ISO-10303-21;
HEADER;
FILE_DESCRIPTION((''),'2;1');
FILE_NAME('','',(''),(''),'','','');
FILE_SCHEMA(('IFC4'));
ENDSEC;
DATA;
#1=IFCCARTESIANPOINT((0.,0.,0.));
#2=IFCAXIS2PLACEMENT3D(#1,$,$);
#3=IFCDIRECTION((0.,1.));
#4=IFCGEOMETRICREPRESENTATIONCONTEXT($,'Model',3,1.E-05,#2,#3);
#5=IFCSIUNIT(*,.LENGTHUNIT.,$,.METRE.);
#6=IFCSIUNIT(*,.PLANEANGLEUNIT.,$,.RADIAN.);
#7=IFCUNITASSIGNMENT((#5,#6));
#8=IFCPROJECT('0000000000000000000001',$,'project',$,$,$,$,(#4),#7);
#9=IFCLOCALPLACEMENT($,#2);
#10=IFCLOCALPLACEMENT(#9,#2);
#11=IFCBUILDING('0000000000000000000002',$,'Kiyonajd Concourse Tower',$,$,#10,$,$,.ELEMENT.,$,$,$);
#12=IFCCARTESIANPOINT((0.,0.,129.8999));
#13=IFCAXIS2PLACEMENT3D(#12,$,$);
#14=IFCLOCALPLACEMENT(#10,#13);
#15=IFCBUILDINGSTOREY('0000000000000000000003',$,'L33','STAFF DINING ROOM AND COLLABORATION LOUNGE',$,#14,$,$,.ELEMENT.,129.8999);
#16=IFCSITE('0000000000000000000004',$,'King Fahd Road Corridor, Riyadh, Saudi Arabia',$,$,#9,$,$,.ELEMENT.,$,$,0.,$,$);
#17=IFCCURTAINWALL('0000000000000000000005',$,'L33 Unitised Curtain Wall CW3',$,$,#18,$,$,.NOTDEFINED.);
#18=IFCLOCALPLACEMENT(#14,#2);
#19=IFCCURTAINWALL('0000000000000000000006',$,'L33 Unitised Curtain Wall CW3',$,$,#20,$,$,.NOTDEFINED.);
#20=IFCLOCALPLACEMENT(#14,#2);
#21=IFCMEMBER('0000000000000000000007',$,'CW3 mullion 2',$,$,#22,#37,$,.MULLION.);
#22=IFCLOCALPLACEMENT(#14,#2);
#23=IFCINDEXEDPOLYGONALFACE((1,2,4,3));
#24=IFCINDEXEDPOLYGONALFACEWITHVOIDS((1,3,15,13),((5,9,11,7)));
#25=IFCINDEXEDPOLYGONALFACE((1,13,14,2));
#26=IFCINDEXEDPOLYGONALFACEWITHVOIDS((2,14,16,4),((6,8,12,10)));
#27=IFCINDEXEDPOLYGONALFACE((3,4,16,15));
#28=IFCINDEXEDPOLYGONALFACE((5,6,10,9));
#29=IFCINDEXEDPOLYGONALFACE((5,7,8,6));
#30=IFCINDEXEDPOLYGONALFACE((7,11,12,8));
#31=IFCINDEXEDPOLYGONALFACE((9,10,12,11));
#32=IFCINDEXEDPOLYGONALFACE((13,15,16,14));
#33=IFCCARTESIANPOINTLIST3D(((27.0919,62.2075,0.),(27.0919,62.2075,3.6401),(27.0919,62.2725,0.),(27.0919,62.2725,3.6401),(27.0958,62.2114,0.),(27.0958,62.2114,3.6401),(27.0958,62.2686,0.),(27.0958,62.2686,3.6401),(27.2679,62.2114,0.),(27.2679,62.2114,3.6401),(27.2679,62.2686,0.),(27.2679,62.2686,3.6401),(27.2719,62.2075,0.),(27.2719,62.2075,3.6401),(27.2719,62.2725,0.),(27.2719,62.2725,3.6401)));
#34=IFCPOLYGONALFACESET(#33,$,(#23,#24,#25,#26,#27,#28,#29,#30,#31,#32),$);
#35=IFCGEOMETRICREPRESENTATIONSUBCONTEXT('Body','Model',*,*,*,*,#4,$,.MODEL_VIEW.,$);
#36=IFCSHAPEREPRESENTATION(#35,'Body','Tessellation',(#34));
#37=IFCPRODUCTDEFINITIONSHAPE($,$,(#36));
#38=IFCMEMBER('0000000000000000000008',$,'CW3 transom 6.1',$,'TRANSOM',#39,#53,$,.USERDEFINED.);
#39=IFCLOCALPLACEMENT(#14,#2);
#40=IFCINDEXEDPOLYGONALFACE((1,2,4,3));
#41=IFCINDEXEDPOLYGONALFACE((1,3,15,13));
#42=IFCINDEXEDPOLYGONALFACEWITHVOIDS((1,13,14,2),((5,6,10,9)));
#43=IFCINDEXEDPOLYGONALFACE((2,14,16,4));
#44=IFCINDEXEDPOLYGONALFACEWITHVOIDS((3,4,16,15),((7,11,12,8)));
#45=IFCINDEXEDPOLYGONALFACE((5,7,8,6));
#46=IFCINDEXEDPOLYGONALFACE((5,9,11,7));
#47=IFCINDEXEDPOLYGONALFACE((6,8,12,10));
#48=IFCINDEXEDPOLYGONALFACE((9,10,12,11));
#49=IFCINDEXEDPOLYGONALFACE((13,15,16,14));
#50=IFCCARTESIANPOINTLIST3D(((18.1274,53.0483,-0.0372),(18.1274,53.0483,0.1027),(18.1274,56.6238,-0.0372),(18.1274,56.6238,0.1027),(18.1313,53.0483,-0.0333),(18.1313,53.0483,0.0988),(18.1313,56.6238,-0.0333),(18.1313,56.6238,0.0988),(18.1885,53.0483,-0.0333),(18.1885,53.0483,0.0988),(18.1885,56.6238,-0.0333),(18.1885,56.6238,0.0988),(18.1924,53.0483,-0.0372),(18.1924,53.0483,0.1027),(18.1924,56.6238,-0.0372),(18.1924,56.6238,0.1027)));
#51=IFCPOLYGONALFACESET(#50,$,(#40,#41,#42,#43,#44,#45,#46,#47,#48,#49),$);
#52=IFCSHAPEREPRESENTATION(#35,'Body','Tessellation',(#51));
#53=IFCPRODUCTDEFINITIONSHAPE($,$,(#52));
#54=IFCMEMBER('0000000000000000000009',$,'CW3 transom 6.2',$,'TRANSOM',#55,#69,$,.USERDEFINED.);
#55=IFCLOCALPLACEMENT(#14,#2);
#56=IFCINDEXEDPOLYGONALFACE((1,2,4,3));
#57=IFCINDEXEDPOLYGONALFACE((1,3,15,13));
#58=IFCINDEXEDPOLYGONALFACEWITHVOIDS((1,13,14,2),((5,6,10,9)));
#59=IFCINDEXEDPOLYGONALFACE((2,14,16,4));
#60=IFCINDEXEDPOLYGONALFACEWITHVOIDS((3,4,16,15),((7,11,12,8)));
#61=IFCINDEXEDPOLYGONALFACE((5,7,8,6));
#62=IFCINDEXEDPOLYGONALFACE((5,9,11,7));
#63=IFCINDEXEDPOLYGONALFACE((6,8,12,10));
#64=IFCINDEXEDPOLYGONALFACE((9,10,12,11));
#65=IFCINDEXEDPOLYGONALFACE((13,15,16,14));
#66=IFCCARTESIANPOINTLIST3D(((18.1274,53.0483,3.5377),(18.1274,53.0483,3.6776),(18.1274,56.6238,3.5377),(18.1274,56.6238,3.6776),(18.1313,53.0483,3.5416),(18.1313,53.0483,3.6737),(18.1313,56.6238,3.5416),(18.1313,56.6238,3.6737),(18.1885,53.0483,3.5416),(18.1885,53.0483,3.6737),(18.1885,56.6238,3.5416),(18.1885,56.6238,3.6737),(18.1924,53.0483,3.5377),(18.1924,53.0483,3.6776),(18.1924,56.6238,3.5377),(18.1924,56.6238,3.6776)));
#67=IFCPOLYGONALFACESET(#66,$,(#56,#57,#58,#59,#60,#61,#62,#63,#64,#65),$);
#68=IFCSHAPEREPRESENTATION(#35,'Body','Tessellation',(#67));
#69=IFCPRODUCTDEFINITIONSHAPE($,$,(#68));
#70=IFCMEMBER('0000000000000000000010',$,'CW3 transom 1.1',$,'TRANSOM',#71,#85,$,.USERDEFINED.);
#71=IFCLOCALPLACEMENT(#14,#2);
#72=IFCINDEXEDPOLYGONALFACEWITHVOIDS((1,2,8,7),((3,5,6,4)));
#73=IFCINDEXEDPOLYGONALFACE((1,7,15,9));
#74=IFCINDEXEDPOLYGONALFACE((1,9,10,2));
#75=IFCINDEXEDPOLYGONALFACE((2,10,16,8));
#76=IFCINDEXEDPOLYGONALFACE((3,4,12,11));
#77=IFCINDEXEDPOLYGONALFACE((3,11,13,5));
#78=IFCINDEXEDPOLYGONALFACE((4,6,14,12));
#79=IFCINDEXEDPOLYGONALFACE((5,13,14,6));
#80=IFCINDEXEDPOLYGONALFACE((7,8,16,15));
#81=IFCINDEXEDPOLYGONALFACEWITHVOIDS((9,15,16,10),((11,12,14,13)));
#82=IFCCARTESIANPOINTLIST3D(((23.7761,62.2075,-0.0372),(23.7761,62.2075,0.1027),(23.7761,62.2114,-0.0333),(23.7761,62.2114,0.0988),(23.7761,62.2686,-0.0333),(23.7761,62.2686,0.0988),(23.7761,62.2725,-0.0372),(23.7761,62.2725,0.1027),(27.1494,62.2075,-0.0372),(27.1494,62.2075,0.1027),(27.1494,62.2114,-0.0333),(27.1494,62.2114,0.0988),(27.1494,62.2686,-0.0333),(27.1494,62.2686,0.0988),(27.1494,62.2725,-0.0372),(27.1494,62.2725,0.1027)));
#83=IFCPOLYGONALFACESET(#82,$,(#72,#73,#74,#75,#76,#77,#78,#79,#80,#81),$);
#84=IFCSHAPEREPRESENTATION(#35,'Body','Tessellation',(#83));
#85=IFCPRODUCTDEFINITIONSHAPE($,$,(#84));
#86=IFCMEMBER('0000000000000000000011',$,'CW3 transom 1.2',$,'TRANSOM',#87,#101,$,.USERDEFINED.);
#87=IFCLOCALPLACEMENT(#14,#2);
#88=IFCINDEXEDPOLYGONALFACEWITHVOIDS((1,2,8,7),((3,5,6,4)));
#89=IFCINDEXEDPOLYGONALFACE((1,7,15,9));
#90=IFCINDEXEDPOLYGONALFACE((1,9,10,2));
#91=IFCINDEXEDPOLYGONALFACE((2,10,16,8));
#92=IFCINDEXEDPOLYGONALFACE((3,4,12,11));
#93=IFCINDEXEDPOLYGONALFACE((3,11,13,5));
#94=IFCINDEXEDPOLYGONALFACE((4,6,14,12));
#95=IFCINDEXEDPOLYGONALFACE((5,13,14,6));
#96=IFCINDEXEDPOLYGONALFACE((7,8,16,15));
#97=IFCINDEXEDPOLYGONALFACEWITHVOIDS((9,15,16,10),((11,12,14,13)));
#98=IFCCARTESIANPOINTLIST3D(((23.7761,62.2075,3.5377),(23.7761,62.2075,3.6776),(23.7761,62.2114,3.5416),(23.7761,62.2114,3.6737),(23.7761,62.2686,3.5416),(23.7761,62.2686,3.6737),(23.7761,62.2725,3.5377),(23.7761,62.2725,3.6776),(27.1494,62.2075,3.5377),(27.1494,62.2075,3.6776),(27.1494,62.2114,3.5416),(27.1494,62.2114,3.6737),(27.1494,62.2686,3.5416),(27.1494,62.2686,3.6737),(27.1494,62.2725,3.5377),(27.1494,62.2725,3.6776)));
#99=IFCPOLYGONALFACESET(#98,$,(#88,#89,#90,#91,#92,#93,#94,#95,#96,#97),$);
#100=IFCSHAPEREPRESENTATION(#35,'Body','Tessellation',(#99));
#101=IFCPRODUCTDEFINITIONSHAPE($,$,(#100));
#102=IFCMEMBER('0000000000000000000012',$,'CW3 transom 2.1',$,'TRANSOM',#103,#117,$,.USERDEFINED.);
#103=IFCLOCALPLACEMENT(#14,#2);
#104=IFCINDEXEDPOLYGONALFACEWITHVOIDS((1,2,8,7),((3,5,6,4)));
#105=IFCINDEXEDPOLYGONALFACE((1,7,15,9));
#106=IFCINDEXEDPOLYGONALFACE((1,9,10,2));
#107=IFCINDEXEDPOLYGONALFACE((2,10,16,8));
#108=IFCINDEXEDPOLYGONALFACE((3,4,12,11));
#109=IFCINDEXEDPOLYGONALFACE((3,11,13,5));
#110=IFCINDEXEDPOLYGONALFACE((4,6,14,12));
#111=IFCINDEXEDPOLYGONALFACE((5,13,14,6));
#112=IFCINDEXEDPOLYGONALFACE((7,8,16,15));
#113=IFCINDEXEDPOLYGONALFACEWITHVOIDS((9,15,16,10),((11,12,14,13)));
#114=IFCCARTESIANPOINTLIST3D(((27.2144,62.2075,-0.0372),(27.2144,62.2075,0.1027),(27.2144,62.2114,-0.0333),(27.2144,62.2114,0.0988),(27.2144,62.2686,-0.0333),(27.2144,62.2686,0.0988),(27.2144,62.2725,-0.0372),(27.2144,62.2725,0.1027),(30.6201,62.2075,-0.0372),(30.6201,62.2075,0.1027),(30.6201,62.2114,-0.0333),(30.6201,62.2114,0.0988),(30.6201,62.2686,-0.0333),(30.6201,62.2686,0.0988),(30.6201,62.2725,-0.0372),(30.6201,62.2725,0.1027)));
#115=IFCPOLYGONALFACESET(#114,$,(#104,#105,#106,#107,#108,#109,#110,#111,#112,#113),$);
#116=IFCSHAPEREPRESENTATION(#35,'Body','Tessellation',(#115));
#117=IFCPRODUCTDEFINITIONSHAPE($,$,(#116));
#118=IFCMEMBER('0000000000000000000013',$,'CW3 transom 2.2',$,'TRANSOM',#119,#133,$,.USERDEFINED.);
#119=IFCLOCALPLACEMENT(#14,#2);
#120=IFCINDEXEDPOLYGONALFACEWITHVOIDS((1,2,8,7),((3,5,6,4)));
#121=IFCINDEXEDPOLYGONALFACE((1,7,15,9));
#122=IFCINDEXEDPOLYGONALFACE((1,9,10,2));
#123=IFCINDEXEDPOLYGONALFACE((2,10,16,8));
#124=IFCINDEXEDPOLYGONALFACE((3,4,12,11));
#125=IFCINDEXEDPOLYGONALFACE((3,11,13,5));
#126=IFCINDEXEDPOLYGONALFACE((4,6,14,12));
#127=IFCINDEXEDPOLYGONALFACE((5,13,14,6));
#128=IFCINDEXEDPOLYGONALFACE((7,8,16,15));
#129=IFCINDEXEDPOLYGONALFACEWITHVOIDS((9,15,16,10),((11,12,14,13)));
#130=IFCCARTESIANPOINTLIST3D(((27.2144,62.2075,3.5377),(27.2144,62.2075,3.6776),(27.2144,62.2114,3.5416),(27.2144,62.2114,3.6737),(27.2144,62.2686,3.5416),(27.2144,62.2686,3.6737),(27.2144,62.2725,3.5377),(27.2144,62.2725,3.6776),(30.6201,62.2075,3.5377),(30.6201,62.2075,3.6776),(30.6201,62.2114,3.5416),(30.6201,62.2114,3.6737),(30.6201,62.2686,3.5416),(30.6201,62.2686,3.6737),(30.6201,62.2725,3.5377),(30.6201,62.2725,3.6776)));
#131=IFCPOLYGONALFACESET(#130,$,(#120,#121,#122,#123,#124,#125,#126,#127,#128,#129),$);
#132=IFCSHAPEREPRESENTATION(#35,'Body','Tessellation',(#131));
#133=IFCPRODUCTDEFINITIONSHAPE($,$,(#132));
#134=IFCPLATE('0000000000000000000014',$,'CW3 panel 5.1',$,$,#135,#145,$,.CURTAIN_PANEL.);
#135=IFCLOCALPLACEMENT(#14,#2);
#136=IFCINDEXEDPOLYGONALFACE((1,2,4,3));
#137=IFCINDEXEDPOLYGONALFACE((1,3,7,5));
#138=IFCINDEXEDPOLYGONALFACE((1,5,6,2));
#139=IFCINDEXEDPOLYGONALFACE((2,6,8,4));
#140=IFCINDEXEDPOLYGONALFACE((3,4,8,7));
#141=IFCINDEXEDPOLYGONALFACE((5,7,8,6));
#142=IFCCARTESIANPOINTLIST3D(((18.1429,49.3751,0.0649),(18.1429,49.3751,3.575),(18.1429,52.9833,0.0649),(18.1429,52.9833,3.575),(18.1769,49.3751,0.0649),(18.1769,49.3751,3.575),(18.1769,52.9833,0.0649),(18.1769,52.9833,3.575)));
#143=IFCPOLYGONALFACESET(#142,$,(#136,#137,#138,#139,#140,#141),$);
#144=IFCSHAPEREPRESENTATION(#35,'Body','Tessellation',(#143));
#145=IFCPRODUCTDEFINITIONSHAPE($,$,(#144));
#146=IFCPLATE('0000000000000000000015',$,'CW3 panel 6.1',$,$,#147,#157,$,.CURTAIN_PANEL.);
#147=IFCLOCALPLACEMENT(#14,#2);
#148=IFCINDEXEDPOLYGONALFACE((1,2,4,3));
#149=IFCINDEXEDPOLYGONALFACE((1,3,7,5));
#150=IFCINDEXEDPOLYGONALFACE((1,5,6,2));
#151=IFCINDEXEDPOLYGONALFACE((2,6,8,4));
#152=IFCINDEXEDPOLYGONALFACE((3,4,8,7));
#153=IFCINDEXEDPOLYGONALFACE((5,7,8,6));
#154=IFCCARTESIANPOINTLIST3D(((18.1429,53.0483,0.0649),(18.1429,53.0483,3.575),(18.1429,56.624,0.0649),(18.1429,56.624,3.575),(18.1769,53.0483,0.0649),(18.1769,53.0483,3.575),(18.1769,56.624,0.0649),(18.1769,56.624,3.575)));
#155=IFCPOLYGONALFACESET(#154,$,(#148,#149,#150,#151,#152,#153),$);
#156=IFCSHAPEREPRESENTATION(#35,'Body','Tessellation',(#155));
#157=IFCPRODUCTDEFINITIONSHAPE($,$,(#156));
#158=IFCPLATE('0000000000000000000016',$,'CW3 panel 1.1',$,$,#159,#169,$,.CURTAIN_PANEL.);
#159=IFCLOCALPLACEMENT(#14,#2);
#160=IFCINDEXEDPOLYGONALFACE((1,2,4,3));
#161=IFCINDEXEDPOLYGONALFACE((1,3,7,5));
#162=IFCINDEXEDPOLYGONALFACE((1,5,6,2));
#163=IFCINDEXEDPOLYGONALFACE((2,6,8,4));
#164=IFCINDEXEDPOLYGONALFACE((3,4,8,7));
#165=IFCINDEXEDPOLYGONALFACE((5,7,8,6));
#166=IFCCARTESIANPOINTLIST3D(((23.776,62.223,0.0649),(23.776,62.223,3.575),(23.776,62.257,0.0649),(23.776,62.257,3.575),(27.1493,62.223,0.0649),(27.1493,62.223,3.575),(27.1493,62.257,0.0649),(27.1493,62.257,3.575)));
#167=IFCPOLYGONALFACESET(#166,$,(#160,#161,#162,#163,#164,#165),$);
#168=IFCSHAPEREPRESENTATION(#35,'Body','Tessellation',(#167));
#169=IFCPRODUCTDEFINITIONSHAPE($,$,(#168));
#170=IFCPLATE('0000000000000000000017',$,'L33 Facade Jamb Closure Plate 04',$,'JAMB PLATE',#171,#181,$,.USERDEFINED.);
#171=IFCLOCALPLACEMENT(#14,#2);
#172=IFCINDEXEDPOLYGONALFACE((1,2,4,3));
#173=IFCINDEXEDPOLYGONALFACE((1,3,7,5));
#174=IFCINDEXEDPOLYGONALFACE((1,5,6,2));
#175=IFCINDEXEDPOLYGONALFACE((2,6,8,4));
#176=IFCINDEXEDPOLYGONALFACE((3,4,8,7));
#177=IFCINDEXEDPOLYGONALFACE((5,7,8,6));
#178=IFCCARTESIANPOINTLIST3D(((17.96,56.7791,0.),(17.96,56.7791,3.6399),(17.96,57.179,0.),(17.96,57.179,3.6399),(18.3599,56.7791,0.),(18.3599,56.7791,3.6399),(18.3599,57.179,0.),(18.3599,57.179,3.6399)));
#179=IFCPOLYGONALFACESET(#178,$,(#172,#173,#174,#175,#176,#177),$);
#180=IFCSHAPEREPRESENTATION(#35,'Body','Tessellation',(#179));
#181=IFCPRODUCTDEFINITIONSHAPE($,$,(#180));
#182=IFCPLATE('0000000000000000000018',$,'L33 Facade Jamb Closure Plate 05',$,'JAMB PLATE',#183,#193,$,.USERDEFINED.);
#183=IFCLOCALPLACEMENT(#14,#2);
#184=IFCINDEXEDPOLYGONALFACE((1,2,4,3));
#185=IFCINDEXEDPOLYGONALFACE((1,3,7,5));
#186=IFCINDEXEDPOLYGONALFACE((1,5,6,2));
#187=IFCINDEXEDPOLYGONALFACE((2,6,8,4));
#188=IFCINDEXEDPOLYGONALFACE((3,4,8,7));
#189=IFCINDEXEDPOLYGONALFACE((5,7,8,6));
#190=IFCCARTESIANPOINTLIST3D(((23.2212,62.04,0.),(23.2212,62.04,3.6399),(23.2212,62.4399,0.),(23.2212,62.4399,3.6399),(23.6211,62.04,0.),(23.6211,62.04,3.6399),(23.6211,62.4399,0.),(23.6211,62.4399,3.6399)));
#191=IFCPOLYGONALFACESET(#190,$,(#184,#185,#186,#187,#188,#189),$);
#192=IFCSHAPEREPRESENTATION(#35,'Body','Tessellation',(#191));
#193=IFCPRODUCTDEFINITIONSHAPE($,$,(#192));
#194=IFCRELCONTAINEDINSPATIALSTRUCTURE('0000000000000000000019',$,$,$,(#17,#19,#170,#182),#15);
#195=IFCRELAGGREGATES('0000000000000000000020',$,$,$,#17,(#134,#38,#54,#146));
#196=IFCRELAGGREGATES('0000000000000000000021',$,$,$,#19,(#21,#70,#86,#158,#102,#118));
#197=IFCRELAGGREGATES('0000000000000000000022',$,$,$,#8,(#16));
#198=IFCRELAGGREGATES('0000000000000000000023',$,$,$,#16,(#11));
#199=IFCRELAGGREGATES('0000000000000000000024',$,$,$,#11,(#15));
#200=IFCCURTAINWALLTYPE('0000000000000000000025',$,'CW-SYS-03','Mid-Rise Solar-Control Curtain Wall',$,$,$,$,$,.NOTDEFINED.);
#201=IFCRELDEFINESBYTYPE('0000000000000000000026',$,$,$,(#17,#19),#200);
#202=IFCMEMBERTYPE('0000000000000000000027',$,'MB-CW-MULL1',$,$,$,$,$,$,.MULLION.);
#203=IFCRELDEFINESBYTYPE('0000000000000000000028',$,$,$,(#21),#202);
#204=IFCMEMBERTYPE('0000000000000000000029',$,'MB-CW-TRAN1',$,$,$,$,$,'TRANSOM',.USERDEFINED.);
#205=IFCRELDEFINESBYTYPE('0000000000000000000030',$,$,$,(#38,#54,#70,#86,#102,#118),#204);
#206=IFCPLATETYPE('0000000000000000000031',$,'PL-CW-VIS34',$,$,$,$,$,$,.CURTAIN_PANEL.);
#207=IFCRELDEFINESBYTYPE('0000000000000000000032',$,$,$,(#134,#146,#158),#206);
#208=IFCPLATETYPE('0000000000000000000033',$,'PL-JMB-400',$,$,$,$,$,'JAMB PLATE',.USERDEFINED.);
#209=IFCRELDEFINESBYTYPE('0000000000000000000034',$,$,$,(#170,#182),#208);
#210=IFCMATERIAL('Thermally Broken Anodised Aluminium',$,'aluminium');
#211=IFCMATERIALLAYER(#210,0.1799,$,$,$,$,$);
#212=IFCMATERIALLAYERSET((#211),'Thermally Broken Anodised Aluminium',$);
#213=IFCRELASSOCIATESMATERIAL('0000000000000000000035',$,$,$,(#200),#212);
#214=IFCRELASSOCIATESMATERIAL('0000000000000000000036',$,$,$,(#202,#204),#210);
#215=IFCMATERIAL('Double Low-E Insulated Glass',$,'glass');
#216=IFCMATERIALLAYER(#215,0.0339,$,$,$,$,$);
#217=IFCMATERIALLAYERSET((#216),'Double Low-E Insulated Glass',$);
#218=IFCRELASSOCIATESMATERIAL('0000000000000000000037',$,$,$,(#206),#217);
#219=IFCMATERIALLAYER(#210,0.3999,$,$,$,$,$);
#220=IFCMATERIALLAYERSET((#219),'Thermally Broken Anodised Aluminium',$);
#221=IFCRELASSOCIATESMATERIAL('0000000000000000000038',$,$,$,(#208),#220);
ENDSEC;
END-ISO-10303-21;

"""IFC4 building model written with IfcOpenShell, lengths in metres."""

from ifc_helpers import new_model, si_unit, direction, frame, origin, origin_2d, place, context, subcontext, project, spatial, rectangle, hollow_rectangle, extrude, material, layer, layer_set, material_profile, profile_set, type_object, element, aggregate, save


model = new_model("IFC4")

# Units and contexts
model_context = context("Model", 3, precision=1e-05, world=origin(), true_north=direction((0.0, 1.0)))
body_context = subcontext(model_context, "Body", "Model", "MODEL_VIEW")
ifc_project = project(units=[si_unit("LENGTHUNIT", "METRE"), si_unit("PLANEANGLEUNIT", "RADIAN")], contexts=[model_context])

# Site, building, storey
site_placement = place(None, origin())
site = spatial("IfcSite", under=ifc_project, at=site_placement, Name="King Fahd Road Corridor, Riyadh, Saudi Arabia", CompositionType="ELEMENT", RefElevation=0.0)
building_placement = place(site_placement, origin())
building = spatial("IfcBuilding", under=site, at=building_placement, Name="Kiyonajd Concourse Tower", CompositionType="ELEMENT")
storey_placement = place(building_placement, frame((0.0, 0.0, 129.8999)))
storey = spatial("IfcBuildingStorey", under=building, at=storey_placement, Name="L33", Description="STAFF DINING ROOM AND COLLABORATION LOUNGE", CompositionType="ELEMENT", Elevation=129.8999)

# Curtain walls, member
ifc_material_1 = material(Name="Thermally Broken Anodised Aluminium", Category="aluminium")
ifc_layer_1 = layer(ifc_material_1, 0.1799)
ifc_layer_set_1 = layer_set([ifc_layer_1], Name="Thermally Broken Anodised Aluminium")
curtain_wall_type = type_object("IfcCurtainWallType", Name="CW-SYS-03", Description="Mid-Rise Solar-Control Curtain Wall", PredefinedType="NOTDEFINED", material=ifc_layer_set_1)
curtain_wall_1_placement = place(storey_placement, origin())
curtain_wall_1 = element("IfcCurtainWall", 1, at=curtain_wall_1_placement, inside=storey, type_object=curtain_wall_type, Name="L33 Unitised Curtain Wall CW3", PredefinedType="NOTDEFINED")
ifc_material_profile_1 = material_profile(ifc_material_1, hollow_rectangle(XDim=0.0649, YDim=0.1799, WallThickness=0.0039, at=origin_2d()), Name="MULL-65x180")
ifc_profile_set_1 = profile_set([ifc_material_profile_1], Name="Thermally Broken Anodised Aluminium")
member_type_1 = type_object("IfcMemberType", Name="MB-CW-MULL1", PredefinedType="MULLION", material=ifc_profile_set_1)
curtain_wall_2_placement = place(storey_placement, origin())
curtain_wall_2 = element("IfcCurtainWall", 2, at=curtain_wall_2_placement, inside=storey, type_object=curtain_wall_type, Name="L33 Unitised Curtain Wall CW3", PredefinedType="NOTDEFINED")
member_1_placement = place(storey_placement, frame((27.1819, 62.24, 0.0), z_axis=(0.0, 0.0, 1.0), x_axis=(0.0, 1.0, 0.0)))
member_1 = element("IfcMember", 3, at=member_1_placement, type_object=member_type_1, Name="CW3 mullion 2", PredefinedType="MULLION", context=body_context, shape_type="SweptSolid", body=[
    extrude(hollow_rectangle(XDim=0.0649, YDim=0.1799, WallThickness=0.0039, at=origin_2d()), origin(), (0.0, 0.0, 1.0), 3.6401),
])

# Members
ifc_material_profile_2 = material_profile(ifc_material_1, hollow_rectangle(XDim=0.0649, YDim=0.1399, WallThickness=0.0039, at=origin_2d()), Name="TRAN-65x140")
ifc_profile_set_2 = profile_set([ifc_material_profile_2], Name="Thermally Broken Anodised Aluminium")
member_type_2 = type_object("IfcMemberType", Name="MB-CW-TRAN1", ElementType="TRANSOM", PredefinedType="USERDEFINED", material=ifc_profile_set_2)
member_2_placement = place(storey_placement, frame((18.1599, 53.0483, 0.0327), z_axis=(0.0, 1.0, 0.0), x_axis=(-1.0, 0.0, 0.0)))
member_2 = element("IfcMember", 4, at=member_2_placement, type_object=member_type_2, Name="CW3 transom 6.1", ObjectType="TRANSOM", PredefinedType="USERDEFINED", context=body_context, shape_type="SweptSolid", body=[
    extrude(hollow_rectangle(XDim=0.0649, YDim=0.1399, WallThickness=0.0039, at=origin_2d()), origin(), (0.0, 0.0, 1.0), 3.5754),
])
member_3_placement = place(storey_placement, frame((18.1599, 53.0483, 3.6077), z_axis=(0.0, 1.0, 0.0), x_axis=(-1.0, 0.0, 0.0)))
member_3 = element("IfcMember", 5, at=member_3_placement, type_object=member_type_2, Name="CW3 transom 6.2", ObjectType="TRANSOM", PredefinedType="USERDEFINED", context=body_context, shape_type="SweptSolid", body=[
    extrude(hollow_rectangle(XDim=0.0649, YDim=0.1399, WallThickness=0.0039, at=origin_2d()), origin(), (0.0, 0.0, 1.0), 3.5754),
])
member_4_placement = place(storey_placement, frame((23.7761, 62.24, 0.0327), z_axis=(1.0, 0.0, 0.0), x_axis=(0.0, 1.0, 0.0)))
member_4 = element("IfcMember", 6, at=member_4_placement, type_object=member_type_2, Name="CW3 transom 1.1", ObjectType="TRANSOM", PredefinedType="USERDEFINED", context=body_context, shape_type="SweptSolid", body=[
    extrude(hollow_rectangle(XDim=0.0649, YDim=0.1399, WallThickness=0.0039, at=origin_2d()), origin(), (0.0, 0.0, 1.0), 3.3733),
])
member_5_placement = place(storey_placement, frame((23.7761, 62.24, 3.6077), z_axis=(1.0, 0.0, 0.0), x_axis=(0.0, 1.0, 0.0)))
member_5 = element("IfcMember", 7, at=member_5_placement, type_object=member_type_2, Name="CW3 transom 1.2", ObjectType="TRANSOM", PredefinedType="USERDEFINED", context=body_context, shape_type="SweptSolid", body=[
    extrude(hollow_rectangle(XDim=0.0649, YDim=0.1399, WallThickness=0.0039, at=origin_2d()), origin(), (0.0, 0.0, 1.0), 3.3733),
])
member_6_placement = place(storey_placement, frame((27.2144, 62.24, 0.0327), z_axis=(1.0, 0.0, 0.0), x_axis=(0.0, 1.0, 0.0)))
member_6 = element("IfcMember", 8, at=member_6_placement, type_object=member_type_2, Name="CW3 transom 2.1", ObjectType="TRANSOM", PredefinedType="USERDEFINED", context=body_context, shape_type="SweptSolid", body=[
    extrude(hollow_rectangle(XDim=0.0649, YDim=0.1399, WallThickness=0.0039, at=origin_2d()), origin(), (0.0, 0.0, 1.0), 3.4058),
])
member_7_placement = place(storey_placement, frame((27.2144, 62.24, 3.6077), z_axis=(1.0, 0.0, 0.0), x_axis=(0.0, 1.0, 0.0)))
member_7 = element("IfcMember", 9, at=member_7_placement, type_object=member_type_2, Name="CW3 transom 2.2", ObjectType="TRANSOM", PredefinedType="USERDEFINED", context=body_context, shape_type="SweptSolid", body=[
    extrude(hollow_rectangle(XDim=0.0649, YDim=0.1399, WallThickness=0.0039, at=origin_2d()), origin(), (0.0, 0.0, 1.0), 3.4058),
])

# Plates
ifc_material_2 = material(Name="Double Low-E Insulated Glass", Category="glass")
ifc_layer_2 = layer(ifc_material_2, 0.0339)
ifc_layer_set_2 = layer_set([ifc_layer_2], Name="Double Low-E Insulated Glass")
plate_type_1 = type_object("IfcPlateType", Name="PL-CW-VIS34", PredefinedType="CURTAIN_PANEL", material=ifc_layer_set_2)
plate_1_placement = place(storey_placement, frame((18.1599, 51.1792, 0.0649), z_axis=(0.0, 0.0, 1.0), x_axis=(0.0, 1.0, 0.0)))
plate_1 = element("IfcPlate", 10, at=plate_1_placement, type_object=plate_type_1, Name="CW3 panel 5.1", PredefinedType="CURTAIN_PANEL", context=body_context, shape_type="SweptSolid", body=[
    extrude(rectangle(XDim=3.6082, YDim=0.0339, at=origin_2d()), origin(), (0.0, 0.0, 1.0), 3.51),
])
plate_2_placement = place(storey_placement, frame((18.1599, 54.8362, 0.0649), z_axis=(0.0, 0.0, 1.0), x_axis=(0.0, 1.0, 0.0)))
plate_2 = element("IfcPlate", 11, at=plate_2_placement, type_object=plate_type_1, Name="CW3 panel 6.1", PredefinedType="CURTAIN_PANEL", context=body_context, shape_type="SweptSolid", body=[
    extrude(rectangle(XDim=3.5757, YDim=0.0339, at=origin_2d()), origin(), (0.0, 0.0, 1.0), 3.51),
])
aggregate(curtain_wall_1, [plate_1, member_2, member_3, plate_2])
plate_3_placement = place(storey_placement, frame((25.4626, 62.24, 0.0649), z_axis=(0.0, 0.0, 1.0), x_axis=(1.0, 0.0, 0.0)))
plate_3 = element("IfcPlate", 12, at=plate_3_placement, type_object=plate_type_1, Name="CW3 panel 1.1", PredefinedType="CURTAIN_PANEL", context=body_context, shape_type="SweptSolid", body=[
    extrude(rectangle(XDim=3.3733, YDim=0.0339, at=origin_2d()), origin(), (0.0, 0.0, 1.0), 3.51),
])
aggregate(curtain_wall_2, [member_1, member_4, member_5, plate_3, member_6, member_7])

# Plates
ifc_layer_3 = layer(ifc_material_1, 0.3999)
ifc_layer_set_3 = layer_set([ifc_layer_3], Name="Thermally Broken Anodised Aluminium")
plate_type_2 = type_object("IfcPlateType", Name="PL-JMB-400", ElementType="JAMB PLATE", PredefinedType="USERDEFINED", material=ifc_layer_set_3)
for number, where, z_axis, x_axis, name in (
    (13, (18.1599, 56.979, 0.0), (0.0, 0.0, 1.0), (1.0, 0.0, 0.0), "L33 Facade Jamb Closure Plate 04"),
    (14, (23.4211, 62.24, 0.0), (0.0, 0.0, 1.0), (1.0, 0.0, 0.0), "L33 Facade Jamb Closure Plate 05"),
):
    element("IfcPlate", number, at=place(storey_placement, frame(where, z_axis=z_axis, x_axis=x_axis)), inside=storey, type_object=plate_type_2, Name=name, ObjectType="JAMB PLATE", PredefinedType="USERDEFINED", context=body_context, shape_type="SweptSolid", body=[
        extrude(rectangle(XDim=0.3999, YDim=0.3999, at=origin_2d()), origin(), (0.0, 0.0, 1.0), 3.6399),
    ])

save(model, "model.ifc")
